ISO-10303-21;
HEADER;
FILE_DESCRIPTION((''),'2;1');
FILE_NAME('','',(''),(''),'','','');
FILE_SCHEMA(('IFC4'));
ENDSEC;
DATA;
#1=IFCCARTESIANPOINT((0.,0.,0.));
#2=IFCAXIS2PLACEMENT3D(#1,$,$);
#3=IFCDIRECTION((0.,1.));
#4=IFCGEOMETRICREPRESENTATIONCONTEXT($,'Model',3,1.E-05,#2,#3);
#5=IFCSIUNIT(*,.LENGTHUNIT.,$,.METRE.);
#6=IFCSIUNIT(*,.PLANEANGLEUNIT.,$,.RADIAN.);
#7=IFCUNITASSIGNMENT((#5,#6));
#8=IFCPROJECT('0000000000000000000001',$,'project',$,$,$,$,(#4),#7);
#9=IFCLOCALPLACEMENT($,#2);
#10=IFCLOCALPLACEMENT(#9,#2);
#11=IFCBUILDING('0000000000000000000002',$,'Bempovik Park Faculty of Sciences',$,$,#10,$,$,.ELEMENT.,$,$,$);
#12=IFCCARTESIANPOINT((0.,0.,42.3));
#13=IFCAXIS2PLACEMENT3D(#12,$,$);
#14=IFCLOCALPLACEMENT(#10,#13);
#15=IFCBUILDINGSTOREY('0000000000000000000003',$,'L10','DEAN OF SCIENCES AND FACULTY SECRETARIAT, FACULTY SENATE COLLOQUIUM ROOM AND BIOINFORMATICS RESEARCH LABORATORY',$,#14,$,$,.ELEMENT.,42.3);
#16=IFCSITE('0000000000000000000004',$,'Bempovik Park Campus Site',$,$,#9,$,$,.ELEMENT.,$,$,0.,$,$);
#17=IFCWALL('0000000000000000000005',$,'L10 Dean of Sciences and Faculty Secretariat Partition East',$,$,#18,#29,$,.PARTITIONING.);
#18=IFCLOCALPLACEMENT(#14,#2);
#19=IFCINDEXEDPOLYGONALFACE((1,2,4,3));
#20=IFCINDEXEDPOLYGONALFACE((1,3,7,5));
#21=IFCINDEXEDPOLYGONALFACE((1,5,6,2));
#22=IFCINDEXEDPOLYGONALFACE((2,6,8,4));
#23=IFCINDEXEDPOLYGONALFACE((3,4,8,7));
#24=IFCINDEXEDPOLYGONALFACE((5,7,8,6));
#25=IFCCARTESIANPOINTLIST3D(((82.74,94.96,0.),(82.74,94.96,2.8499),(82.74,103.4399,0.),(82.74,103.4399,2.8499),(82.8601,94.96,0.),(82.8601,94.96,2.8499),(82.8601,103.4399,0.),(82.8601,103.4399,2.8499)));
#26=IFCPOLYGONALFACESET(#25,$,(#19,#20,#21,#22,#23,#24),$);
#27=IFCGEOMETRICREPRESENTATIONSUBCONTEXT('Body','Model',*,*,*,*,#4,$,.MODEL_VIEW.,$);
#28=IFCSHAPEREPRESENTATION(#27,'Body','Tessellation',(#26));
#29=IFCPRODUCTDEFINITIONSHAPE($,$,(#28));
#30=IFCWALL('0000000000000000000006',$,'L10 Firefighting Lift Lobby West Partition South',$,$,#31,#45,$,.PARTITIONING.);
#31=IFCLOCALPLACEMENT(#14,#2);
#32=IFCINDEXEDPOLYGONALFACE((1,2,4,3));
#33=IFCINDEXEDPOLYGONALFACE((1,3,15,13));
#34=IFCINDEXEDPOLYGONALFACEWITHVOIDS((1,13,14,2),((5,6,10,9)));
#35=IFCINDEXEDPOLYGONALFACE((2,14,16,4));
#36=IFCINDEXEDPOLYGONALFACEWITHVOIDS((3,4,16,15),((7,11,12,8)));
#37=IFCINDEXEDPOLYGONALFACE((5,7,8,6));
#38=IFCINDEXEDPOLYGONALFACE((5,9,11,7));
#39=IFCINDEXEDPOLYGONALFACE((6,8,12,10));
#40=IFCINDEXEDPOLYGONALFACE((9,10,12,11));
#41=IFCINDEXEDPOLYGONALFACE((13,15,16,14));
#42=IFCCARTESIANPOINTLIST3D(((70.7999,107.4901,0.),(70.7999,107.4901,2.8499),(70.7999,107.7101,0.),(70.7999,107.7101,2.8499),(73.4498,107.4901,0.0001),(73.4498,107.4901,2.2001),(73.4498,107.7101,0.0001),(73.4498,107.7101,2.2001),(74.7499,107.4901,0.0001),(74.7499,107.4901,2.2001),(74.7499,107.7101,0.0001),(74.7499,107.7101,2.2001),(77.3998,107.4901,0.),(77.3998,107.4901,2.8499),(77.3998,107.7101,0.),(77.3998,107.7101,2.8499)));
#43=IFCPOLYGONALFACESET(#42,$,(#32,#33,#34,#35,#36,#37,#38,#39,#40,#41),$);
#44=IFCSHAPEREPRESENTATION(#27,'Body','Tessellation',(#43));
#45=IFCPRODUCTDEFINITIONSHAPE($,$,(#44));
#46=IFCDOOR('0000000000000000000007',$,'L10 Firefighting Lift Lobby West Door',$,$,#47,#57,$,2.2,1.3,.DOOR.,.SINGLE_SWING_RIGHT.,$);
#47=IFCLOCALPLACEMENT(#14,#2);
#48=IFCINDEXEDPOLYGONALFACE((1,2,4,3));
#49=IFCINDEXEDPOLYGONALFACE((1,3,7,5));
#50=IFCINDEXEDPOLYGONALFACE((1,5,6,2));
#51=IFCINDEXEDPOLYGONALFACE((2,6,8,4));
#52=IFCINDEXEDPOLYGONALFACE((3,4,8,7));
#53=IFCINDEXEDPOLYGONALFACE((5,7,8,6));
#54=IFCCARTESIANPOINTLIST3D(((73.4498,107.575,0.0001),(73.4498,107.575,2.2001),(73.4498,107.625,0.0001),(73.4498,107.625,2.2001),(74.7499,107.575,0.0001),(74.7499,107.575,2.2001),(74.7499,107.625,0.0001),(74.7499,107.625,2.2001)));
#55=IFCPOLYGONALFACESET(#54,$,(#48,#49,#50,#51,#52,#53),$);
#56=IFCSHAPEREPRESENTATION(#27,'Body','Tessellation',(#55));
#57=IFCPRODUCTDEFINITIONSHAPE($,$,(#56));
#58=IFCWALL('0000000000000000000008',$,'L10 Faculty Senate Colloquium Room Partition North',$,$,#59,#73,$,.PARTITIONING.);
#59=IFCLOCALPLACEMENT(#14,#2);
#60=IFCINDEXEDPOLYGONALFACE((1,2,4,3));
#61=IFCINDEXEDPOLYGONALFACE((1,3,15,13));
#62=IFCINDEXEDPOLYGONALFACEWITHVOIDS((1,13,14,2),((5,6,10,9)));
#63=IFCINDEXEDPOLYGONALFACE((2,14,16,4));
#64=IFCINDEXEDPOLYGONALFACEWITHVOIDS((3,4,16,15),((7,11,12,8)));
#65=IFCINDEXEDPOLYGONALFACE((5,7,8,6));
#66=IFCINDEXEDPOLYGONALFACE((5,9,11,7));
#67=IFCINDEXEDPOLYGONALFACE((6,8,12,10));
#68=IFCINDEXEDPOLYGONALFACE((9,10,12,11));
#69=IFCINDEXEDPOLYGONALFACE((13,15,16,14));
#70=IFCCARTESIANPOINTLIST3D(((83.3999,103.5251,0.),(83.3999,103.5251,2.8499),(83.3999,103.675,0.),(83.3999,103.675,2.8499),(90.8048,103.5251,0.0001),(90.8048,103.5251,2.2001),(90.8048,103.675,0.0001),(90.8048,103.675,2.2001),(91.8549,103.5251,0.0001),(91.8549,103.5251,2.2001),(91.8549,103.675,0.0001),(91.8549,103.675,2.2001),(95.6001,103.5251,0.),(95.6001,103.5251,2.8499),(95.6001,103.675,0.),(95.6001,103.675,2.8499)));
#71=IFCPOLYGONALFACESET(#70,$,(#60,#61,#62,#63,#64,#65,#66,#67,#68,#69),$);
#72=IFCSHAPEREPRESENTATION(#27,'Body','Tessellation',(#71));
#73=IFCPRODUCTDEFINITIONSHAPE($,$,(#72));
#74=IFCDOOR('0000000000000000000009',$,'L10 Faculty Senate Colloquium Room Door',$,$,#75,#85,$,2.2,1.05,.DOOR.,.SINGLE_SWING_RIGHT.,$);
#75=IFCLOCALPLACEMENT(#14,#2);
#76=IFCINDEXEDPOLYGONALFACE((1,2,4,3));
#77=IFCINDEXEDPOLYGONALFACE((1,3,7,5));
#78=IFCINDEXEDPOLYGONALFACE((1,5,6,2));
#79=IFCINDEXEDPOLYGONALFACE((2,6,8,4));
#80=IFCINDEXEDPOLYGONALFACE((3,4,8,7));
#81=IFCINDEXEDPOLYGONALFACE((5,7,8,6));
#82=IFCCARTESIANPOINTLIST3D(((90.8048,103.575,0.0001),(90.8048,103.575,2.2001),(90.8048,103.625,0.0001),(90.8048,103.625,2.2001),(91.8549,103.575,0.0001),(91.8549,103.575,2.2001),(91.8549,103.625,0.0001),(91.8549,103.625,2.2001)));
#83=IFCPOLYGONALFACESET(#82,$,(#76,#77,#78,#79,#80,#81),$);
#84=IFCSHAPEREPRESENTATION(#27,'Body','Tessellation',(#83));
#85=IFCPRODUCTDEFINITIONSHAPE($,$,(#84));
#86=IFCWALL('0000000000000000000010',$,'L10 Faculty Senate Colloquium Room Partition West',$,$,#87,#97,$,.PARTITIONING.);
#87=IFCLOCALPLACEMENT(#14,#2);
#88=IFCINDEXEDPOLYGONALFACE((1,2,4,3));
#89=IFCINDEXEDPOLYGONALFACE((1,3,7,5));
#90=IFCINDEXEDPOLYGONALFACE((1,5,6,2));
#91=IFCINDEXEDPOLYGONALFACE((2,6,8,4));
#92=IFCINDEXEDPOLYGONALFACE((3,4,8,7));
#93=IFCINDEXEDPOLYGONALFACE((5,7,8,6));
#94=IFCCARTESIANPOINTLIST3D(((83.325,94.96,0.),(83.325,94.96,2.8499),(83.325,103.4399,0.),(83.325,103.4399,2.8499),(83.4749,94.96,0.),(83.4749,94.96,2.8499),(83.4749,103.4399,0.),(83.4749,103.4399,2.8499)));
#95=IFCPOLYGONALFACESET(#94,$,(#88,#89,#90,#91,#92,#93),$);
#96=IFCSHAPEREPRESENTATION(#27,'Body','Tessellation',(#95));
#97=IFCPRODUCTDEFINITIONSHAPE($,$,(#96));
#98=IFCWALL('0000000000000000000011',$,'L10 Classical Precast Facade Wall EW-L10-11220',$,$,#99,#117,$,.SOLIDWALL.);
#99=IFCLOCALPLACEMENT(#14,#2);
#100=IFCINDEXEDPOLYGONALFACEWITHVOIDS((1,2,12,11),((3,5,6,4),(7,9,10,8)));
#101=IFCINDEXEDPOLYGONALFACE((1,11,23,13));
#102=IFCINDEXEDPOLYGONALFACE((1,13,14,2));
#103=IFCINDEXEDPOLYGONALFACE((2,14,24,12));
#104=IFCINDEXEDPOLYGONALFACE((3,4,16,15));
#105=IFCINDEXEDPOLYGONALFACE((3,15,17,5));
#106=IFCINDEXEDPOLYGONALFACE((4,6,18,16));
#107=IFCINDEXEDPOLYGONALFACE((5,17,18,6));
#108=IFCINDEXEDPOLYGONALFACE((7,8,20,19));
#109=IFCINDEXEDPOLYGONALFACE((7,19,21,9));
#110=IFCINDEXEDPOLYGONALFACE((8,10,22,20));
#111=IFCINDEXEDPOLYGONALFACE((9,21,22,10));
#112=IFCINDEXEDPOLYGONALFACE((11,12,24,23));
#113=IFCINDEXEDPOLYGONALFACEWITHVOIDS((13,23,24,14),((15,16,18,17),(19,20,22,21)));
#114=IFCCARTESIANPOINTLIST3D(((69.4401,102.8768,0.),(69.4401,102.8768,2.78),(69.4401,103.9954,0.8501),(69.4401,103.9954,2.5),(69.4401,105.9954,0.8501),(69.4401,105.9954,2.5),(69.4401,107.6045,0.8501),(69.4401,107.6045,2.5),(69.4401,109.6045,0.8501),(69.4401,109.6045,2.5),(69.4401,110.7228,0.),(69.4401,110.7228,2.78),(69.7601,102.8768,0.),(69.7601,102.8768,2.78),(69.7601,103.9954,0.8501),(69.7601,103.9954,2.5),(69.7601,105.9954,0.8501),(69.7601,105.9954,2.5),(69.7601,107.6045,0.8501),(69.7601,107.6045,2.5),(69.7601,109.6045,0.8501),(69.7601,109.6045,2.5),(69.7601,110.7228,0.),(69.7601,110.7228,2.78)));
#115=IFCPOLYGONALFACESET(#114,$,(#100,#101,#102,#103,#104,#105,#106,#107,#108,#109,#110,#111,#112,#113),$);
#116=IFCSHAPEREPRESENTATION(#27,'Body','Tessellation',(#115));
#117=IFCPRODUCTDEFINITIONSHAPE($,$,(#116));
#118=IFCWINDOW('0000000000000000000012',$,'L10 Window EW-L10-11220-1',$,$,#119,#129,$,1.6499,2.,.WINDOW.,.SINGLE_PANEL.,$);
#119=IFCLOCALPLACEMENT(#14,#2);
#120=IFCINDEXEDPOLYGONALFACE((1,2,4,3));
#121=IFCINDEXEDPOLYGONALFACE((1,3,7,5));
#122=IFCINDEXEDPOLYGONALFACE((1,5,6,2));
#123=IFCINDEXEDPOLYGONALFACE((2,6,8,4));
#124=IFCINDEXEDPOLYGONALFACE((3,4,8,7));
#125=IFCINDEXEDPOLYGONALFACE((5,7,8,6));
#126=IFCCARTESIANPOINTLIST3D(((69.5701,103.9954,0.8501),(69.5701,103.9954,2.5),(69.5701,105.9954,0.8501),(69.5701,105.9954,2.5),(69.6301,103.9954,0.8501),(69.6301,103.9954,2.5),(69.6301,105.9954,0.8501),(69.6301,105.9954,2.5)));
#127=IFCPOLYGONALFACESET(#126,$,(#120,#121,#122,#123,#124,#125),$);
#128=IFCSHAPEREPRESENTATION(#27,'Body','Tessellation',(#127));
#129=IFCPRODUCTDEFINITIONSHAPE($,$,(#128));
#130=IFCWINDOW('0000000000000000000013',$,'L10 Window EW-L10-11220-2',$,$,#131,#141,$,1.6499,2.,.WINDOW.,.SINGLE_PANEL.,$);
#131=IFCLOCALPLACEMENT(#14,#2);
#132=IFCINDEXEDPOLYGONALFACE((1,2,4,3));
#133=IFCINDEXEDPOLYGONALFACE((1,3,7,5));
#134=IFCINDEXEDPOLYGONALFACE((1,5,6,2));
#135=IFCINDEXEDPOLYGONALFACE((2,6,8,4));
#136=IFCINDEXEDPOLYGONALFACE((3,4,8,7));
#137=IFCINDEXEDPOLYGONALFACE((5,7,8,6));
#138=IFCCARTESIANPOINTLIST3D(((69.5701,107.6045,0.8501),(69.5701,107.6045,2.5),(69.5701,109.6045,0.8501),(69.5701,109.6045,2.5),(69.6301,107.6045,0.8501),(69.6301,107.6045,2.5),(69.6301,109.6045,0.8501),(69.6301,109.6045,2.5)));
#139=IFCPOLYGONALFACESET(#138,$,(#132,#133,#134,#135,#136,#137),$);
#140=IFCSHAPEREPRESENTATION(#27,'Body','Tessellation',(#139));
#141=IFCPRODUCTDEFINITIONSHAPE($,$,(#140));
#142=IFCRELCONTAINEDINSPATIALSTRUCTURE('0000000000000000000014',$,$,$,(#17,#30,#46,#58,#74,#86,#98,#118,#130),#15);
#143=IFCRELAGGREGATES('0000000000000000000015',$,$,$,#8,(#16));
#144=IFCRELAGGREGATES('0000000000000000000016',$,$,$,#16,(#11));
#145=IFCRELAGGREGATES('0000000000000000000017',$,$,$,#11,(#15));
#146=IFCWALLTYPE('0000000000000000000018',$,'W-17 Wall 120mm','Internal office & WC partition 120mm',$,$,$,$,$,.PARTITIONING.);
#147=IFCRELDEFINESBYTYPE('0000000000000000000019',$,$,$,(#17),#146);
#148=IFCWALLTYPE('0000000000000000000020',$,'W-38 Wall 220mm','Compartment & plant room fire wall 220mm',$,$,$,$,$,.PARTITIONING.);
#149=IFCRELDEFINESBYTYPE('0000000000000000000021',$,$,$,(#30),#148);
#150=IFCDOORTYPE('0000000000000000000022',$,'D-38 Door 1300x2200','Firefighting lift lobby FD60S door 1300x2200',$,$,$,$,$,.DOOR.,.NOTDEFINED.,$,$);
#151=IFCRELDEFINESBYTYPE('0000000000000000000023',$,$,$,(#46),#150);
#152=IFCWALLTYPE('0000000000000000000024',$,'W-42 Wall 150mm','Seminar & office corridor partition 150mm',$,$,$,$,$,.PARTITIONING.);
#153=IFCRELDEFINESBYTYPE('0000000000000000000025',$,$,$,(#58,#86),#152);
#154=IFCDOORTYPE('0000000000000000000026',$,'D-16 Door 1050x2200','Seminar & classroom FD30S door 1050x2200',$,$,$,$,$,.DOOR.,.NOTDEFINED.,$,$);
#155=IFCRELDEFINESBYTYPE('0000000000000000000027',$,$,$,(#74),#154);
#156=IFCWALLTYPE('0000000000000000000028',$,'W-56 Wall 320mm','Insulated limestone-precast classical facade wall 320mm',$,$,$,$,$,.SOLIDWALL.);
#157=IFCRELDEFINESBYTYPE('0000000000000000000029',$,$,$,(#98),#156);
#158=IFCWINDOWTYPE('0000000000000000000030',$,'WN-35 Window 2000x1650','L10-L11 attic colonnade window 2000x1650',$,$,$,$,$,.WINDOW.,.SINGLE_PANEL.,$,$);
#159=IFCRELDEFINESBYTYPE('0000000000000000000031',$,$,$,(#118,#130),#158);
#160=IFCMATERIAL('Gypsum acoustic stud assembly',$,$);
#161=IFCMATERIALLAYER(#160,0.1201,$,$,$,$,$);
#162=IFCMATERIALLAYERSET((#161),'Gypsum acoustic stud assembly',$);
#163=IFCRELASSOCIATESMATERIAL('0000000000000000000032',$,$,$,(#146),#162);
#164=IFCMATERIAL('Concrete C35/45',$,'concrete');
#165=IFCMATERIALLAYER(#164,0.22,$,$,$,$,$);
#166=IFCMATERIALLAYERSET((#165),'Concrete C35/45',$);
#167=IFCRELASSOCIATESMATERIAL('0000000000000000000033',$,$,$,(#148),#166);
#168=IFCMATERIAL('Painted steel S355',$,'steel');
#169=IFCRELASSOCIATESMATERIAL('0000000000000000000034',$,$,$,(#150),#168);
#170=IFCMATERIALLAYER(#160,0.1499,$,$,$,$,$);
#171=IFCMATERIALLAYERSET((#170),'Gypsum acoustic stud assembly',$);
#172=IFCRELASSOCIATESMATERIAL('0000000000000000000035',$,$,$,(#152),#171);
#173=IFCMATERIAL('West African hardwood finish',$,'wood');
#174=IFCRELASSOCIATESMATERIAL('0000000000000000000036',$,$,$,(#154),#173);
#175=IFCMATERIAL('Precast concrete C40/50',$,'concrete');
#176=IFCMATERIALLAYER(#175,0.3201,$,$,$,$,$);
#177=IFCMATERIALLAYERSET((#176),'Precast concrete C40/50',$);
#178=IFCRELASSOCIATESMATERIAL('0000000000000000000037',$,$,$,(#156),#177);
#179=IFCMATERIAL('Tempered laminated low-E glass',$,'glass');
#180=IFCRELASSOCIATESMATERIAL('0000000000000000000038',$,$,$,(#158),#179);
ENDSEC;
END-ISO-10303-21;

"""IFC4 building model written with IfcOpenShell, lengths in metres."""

from ifc_helpers import new_model, si_unit, direction, frame, frame_2d, origin, place, context, subcontext, project, spatial, rectangle, extrude, material, layer, layer_set, type_object, element, fill, save


model = new_model("IFC4")

# Units and contexts
model_context = context("Model", 3, precision=1e-05, world=origin(), true_north=direction((0.0, 1.0)))
body_context = subcontext(model_context, "Body", "Model", "MODEL_VIEW")
ifc_project = project(units=[si_unit("LENGTHUNIT", "METRE"), si_unit("PLANEANGLEUNIT", "RADIAN")], contexts=[model_context])

# Site, building, storey
site_placement = place(None, origin())
site = spatial("IfcSite", under=ifc_project, at=site_placement, Name="Bempovik Park Campus Site", CompositionType="ELEMENT", RefElevation=0.0)
building_placement = place(site_placement, origin())
building = spatial("IfcBuilding", under=site, at=building_placement, Name="Bempovik Park Faculty of Sciences", CompositionType="ELEMENT")
storey_placement = place(building_placement, frame((0.0, 0.0, 42.3)))
storey = spatial("IfcBuildingStorey", under=building, at=storey_placement, Name="L10", Description="DEAN OF SCIENCES AND FACULTY SECRETARIAT, FACULTY SENATE COLLOQUIUM ROOM AND BIOINFORMATICS RESEARCH LABORATORY", CompositionType="ELEMENT", Elevation=42.3)

# Shared definitions
ifc_material_1 = material(Name="Concrete C35/45", Category="concrete")

# Shared definitions
ifc_material_2 = material(Name="Gypsum acoustic stud assembly")
ifc_layer_1 = layer(ifc_material_2, 0.1201)
ifc_layer_set_1 = layer_set([ifc_layer_1], Name="Gypsum acoustic stud assembly")
wall_type_1 = type_object("IfcWallType", Name="W-17 Wall 120mm", Description="Internal office & WC partition 120mm", PredefinedType="PARTITIONING", material=ifc_layer_set_1)
ifc_material_3 = material(Name="West African hardwood finish", Category="wood")

# Wall
for number, where, z_axis, x_axis, name in (
    (1, (82.8, 94.96, 0.0), (0.0, 0.0, 1.0), (0.0, 1.0, 0.0), "L10 Dean of Sciences and Faculty Secretariat Partition East"),
):
    element("IfcWall", number, at=place(storey_placement, frame(where, z_axis=z_axis, x_axis=x_axis)), inside=storey, type_object=wall_type_1, Name=name, PredefinedType="PARTITIONING", context=body_context, shape_type="SweptSolid", body=[
        extrude(rectangle(XDim=8.48, YDim=0.1201, at=frame_2d((4.24, 0.0))), origin(), (0.0, 0.0, 1.0), 2.8499),
    ])

# Walls, openings, doors
ifc_layer_2 = layer(ifc_material_1, 0.22)
ifc_layer_set_2 = layer_set([ifc_layer_2], Name="Concrete C35/45")
wall_type_2 = type_object("IfcWallType", Name="W-38 Wall 220mm", Description="Compartment & plant room fire wall 220mm", PredefinedType="PARTITIONING", material=ifc_layer_set_2)
wall_1_placement = place(storey_placement, frame((70.8, 107.6001, 0.0), z_axis=(0.0, 0.0, 1.0), x_axis=(1.0, 0.0, 0.0)))
wall_1 = element("IfcWall", 2, at=wall_1_placement, inside=storey, type_object=wall_type_2, Name="L10 Firefighting Lift Lobby West Partition South", PredefinedType="PARTITIONING", context=body_context, shape_type="SweptSolid", body=[
    extrude(rectangle(XDim=6.5999, YDim=0.22, at=frame_2d((3.2998, 0.0))), origin(), (0.0, 0.0, 1.0), 2.8499),
])
opening_1_placement = place(wall_1_placement, frame((2.6499, 0.0, 0.0)))
opening_1 = element("IfcOpeningElement", 3, at=opening_1_placement, cuts=wall_1, PredefinedType="OPENING", context=body_context, shape_type="SweptSolid", body=[
    extrude(rectangle(XDim=1.3, YDim=2.2, at=frame_2d((0.6499, 1.1001))), frame((0.0, 0.1201, 0.0), z_axis=(0.0, -1.0, 0.0), x_axis=(1.0, 0.0, 0.0)), (0.0, 0.0, 1.0), 0.24),
])
ifc_material_4 = material(Name="Painted steel S355", Category="steel")
door_type_1 = type_object("IfcDoorType", Name="D-38 Door 1300x2200", Description="Firefighting lift lobby FD60S door 1300x2200", OperationType="NOTDEFINED", PredefinedType="DOOR", material=ifc_material_4)
door_1_placement = place(opening_1_placement, origin())
door_1 = element("IfcDoor", 4, at=door_1_placement, inside=storey, type_object=door_type_1, Name="L10 Firefighting Lift Lobby West Door", OperationType="SINGLE_SWING_RIGHT", OverallHeight=2.2, OverallWidth=1.3, PredefinedType="DOOR", context=body_context, shape_type="SweptSolid", body=[
    extrude(rectangle(XDim=1.3, YDim=2.2, at=frame_2d((0.6499, 1.1001))), frame((0.0, 0.0249, 0.0), z_axis=(0.0, -1.0, 0.0), x_axis=(1.0, 0.0, 0.0)), (0.0, 0.0, 1.0), 0.05),
])
fill(opening_1, door_1)
ifc_layer_3 = layer(ifc_material_2, 0.1499)
ifc_layer_set_3 = layer_set([ifc_layer_3], Name="Gypsum acoustic stud assembly")
wall_type_3 = type_object("IfcWallType", Name="W-42 Wall 150mm", Description="Seminar & office corridor partition 150mm", PredefinedType="PARTITIONING", material=ifc_layer_set_3)
wall_2_placement = place(storey_placement, frame((83.3999, 103.6001, 0.0), z_axis=(0.0, 0.0, 1.0), x_axis=(1.0, 0.0, 0.0)))
wall_2 = element("IfcWall", 5, at=wall_2_placement, inside=storey, type_object=wall_type_3, Name="L10 Faculty Senate Colloquium Room Partition North", PredefinedType="PARTITIONING", context=body_context, shape_type="SweptSolid", body=[
    extrude(rectangle(XDim=12.2002, YDim=0.1499, at=frame_2d((6.1001, 0.0))), origin(), (0.0, 0.0, 1.0), 2.8499),
])
opening_2_placement = place(wall_2_placement, frame((7.405, 0.0, 0.0)))
opening_2 = element("IfcOpeningElement", 6, at=opening_2_placement, cuts=wall_2, PredefinedType="OPENING", context=body_context, shape_type="SweptSolid", body=[
    extrude(rectangle(XDim=1.05, YDim=2.2, at=frame_2d((0.5249, 1.1001))), frame((0.0, 0.085, 0.0), z_axis=(0.0, -1.0, 0.0), x_axis=(1.0, 0.0, 0.0)), (0.0, 0.0, 1.0), 0.1699),
])
door_type_2 = type_object("IfcDoorType", Name="D-16 Door 1050x2200", Description="Seminar & classroom FD30S door 1050x2200", OperationType="NOTDEFINED", PredefinedType="DOOR", material=ifc_material_3)
door_2_placement = place(opening_2_placement, origin())
door_2 = element("IfcDoor", 7, at=door_2_placement, inside=storey, type_object=door_type_2, Name="L10 Faculty Senate Colloquium Room Door", OperationType="SINGLE_SWING_RIGHT", OverallHeight=2.2, OverallWidth=1.05, PredefinedType="DOOR", context=body_context, shape_type="SweptSolid", body=[
    extrude(rectangle(XDim=1.05, YDim=2.2, at=frame_2d((0.5249, 1.1001))), frame((0.0, 0.0249, 0.0), z_axis=(0.0, -1.0, 0.0), x_axis=(1.0, 0.0, 0.0)), (0.0, 0.0, 1.0), 0.05),
])
fill(opening_2, door_2)

# Wall
wall_3_placement = place(storey_placement, frame((83.3999, 94.96, 0.0), z_axis=(0.0, 0.0, 1.0), x_axis=(0.0, 1.0, 0.0)))
element("IfcWall", 8, at=wall_3_placement, inside=storey, type_object=wall_type_3, Name="L10 Faculty Senate Colloquium Room Partition West", PredefinedType="PARTITIONING", context=body_context, shape_type="SweptSolid", body=[
    extrude(rectangle(XDim=8.48, YDim=0.1499, at=frame_2d((4.24, 0.0))), origin(), (0.0, 0.0, 1.0), 2.8499),
])

# Wall, openings, windows
ifc_material_5 = material(Name="Precast concrete C40/50", Category="concrete")
ifc_layer_4 = layer(ifc_material_5, 0.3201)
ifc_layer_set_4 = layer_set([ifc_layer_4], Name="Precast concrete C40/50")
wall_type_4 = type_object("IfcWallType", Name="W-56 Wall 320mm", Description="Insulated limestone-precast classical facade wall 320mm", PredefinedType="SOLIDWALL", material=ifc_layer_set_4)
wall_4_placement = place(storey_placement, frame((69.6001, 102.877, 0.0), z_axis=(0.0, 0.0, 1.0), x_axis=(0.0, 1.0, 0.0)))
wall_4 = element("IfcWall", 9, at=wall_4_placement, inside=storey, type_object=wall_type_4, Name="L10 Classical Precast Facade Wall EW-L10-11220", PredefinedType="SOLIDWALL", context=body_context, shape_type="SweptSolid", body=[
    extrude(rectangle(XDim=7.8459, YDim=0.3201, at=frame_2d((3.9229, 0.0))), origin(), (0.0, 0.0, 1.0), 2.78),
])
opening_3_placement = place(wall_4_placement, frame((1.1184, 0.0, 0.8501)))
opening_3 = element("IfcOpeningElement", 10, at=opening_3_placement, cuts=wall_4, PredefinedType="OPENING", context=body_context, shape_type="SweptSolid", body=[
    extrude(rectangle(XDim=2.0, YDim=1.6499, at=frame_2d((1.0, 0.825))), frame((0.0, 0.1699, 0.0), z_axis=(0.0, -1.0, 0.0), x_axis=(1.0, 0.0, 0.0)), (0.0, 0.0, 1.0), 0.3401),
])
opening_4_placement = place(wall_4_placement, frame((4.7275, 0.0, 0.8501)))
opening_4 = element("IfcOpeningElement", 11, at=opening_4_placement, cuts=wall_4, PredefinedType="OPENING", context=body_context, shape_type="SweptSolid", body=[
    extrude(rectangle(XDim=2.0, YDim=1.6499, at=frame_2d((1.0, 0.825))), frame((0.0, 0.1699, 0.0), z_axis=(0.0, -1.0, 0.0), x_axis=(1.0, 0.0, 0.0)), (0.0, 0.0, 1.0), 0.3401),
])
ifc_material_6 = material(Name="Tempered laminated low-E glass", Category="glass")
window_type = type_object("IfcWindowType", Name="WN-35 Window 2000x1650", Description="L10-L11 attic colonnade window 2000x1650", PartitioningType="SINGLE_PANEL", PredefinedType="WINDOW", material=ifc_material_6)
window_1_placement = place(opening_3_placement, origin())
window_1 = element("IfcWindow", 12, at=window_1_placement, inside=storey, type_object=window_type, Name="L10 Window EW-L10-11220-1", OverallHeight=1.6499, OverallWidth=2.0, PartitioningType="SINGLE_PANEL", PredefinedType="WINDOW", context=body_context, shape_type="SweptSolid", body=[
    extrude(rectangle(XDim=2.0, YDim=1.6499, at=frame_2d((1.0, 0.825))), frame((0.0, 0.03, 0.0), z_axis=(0.0, -1.0, 0.0), x_axis=(1.0, 0.0, 0.0)), (0.0, 0.0, 1.0), 0.0601),
])
fill(opening_3, window_1)
window_2_placement = place(opening_4_placement, origin())
window_2 = element("IfcWindow", 13, at=window_2_placement, inside=storey, type_object=window_type, Name="L10 Window EW-L10-11220-2", OverallHeight=1.6499, OverallWidth=2.0, PartitioningType="SINGLE_PANEL", PredefinedType="WINDOW", context=body_context, shape_type="SweptSolid", body=[
    extrude(rectangle(XDim=2.0, YDim=1.6499, at=frame_2d((1.0, 0.825))), frame((0.0, 0.03, 0.0), z_axis=(0.0, -1.0, 0.0), x_axis=(1.0, 0.0, 0.0)), (0.0, 0.0, 1.0), 0.0601),
])
fill(opening_4, window_2)

save(model, "model.ifc")
